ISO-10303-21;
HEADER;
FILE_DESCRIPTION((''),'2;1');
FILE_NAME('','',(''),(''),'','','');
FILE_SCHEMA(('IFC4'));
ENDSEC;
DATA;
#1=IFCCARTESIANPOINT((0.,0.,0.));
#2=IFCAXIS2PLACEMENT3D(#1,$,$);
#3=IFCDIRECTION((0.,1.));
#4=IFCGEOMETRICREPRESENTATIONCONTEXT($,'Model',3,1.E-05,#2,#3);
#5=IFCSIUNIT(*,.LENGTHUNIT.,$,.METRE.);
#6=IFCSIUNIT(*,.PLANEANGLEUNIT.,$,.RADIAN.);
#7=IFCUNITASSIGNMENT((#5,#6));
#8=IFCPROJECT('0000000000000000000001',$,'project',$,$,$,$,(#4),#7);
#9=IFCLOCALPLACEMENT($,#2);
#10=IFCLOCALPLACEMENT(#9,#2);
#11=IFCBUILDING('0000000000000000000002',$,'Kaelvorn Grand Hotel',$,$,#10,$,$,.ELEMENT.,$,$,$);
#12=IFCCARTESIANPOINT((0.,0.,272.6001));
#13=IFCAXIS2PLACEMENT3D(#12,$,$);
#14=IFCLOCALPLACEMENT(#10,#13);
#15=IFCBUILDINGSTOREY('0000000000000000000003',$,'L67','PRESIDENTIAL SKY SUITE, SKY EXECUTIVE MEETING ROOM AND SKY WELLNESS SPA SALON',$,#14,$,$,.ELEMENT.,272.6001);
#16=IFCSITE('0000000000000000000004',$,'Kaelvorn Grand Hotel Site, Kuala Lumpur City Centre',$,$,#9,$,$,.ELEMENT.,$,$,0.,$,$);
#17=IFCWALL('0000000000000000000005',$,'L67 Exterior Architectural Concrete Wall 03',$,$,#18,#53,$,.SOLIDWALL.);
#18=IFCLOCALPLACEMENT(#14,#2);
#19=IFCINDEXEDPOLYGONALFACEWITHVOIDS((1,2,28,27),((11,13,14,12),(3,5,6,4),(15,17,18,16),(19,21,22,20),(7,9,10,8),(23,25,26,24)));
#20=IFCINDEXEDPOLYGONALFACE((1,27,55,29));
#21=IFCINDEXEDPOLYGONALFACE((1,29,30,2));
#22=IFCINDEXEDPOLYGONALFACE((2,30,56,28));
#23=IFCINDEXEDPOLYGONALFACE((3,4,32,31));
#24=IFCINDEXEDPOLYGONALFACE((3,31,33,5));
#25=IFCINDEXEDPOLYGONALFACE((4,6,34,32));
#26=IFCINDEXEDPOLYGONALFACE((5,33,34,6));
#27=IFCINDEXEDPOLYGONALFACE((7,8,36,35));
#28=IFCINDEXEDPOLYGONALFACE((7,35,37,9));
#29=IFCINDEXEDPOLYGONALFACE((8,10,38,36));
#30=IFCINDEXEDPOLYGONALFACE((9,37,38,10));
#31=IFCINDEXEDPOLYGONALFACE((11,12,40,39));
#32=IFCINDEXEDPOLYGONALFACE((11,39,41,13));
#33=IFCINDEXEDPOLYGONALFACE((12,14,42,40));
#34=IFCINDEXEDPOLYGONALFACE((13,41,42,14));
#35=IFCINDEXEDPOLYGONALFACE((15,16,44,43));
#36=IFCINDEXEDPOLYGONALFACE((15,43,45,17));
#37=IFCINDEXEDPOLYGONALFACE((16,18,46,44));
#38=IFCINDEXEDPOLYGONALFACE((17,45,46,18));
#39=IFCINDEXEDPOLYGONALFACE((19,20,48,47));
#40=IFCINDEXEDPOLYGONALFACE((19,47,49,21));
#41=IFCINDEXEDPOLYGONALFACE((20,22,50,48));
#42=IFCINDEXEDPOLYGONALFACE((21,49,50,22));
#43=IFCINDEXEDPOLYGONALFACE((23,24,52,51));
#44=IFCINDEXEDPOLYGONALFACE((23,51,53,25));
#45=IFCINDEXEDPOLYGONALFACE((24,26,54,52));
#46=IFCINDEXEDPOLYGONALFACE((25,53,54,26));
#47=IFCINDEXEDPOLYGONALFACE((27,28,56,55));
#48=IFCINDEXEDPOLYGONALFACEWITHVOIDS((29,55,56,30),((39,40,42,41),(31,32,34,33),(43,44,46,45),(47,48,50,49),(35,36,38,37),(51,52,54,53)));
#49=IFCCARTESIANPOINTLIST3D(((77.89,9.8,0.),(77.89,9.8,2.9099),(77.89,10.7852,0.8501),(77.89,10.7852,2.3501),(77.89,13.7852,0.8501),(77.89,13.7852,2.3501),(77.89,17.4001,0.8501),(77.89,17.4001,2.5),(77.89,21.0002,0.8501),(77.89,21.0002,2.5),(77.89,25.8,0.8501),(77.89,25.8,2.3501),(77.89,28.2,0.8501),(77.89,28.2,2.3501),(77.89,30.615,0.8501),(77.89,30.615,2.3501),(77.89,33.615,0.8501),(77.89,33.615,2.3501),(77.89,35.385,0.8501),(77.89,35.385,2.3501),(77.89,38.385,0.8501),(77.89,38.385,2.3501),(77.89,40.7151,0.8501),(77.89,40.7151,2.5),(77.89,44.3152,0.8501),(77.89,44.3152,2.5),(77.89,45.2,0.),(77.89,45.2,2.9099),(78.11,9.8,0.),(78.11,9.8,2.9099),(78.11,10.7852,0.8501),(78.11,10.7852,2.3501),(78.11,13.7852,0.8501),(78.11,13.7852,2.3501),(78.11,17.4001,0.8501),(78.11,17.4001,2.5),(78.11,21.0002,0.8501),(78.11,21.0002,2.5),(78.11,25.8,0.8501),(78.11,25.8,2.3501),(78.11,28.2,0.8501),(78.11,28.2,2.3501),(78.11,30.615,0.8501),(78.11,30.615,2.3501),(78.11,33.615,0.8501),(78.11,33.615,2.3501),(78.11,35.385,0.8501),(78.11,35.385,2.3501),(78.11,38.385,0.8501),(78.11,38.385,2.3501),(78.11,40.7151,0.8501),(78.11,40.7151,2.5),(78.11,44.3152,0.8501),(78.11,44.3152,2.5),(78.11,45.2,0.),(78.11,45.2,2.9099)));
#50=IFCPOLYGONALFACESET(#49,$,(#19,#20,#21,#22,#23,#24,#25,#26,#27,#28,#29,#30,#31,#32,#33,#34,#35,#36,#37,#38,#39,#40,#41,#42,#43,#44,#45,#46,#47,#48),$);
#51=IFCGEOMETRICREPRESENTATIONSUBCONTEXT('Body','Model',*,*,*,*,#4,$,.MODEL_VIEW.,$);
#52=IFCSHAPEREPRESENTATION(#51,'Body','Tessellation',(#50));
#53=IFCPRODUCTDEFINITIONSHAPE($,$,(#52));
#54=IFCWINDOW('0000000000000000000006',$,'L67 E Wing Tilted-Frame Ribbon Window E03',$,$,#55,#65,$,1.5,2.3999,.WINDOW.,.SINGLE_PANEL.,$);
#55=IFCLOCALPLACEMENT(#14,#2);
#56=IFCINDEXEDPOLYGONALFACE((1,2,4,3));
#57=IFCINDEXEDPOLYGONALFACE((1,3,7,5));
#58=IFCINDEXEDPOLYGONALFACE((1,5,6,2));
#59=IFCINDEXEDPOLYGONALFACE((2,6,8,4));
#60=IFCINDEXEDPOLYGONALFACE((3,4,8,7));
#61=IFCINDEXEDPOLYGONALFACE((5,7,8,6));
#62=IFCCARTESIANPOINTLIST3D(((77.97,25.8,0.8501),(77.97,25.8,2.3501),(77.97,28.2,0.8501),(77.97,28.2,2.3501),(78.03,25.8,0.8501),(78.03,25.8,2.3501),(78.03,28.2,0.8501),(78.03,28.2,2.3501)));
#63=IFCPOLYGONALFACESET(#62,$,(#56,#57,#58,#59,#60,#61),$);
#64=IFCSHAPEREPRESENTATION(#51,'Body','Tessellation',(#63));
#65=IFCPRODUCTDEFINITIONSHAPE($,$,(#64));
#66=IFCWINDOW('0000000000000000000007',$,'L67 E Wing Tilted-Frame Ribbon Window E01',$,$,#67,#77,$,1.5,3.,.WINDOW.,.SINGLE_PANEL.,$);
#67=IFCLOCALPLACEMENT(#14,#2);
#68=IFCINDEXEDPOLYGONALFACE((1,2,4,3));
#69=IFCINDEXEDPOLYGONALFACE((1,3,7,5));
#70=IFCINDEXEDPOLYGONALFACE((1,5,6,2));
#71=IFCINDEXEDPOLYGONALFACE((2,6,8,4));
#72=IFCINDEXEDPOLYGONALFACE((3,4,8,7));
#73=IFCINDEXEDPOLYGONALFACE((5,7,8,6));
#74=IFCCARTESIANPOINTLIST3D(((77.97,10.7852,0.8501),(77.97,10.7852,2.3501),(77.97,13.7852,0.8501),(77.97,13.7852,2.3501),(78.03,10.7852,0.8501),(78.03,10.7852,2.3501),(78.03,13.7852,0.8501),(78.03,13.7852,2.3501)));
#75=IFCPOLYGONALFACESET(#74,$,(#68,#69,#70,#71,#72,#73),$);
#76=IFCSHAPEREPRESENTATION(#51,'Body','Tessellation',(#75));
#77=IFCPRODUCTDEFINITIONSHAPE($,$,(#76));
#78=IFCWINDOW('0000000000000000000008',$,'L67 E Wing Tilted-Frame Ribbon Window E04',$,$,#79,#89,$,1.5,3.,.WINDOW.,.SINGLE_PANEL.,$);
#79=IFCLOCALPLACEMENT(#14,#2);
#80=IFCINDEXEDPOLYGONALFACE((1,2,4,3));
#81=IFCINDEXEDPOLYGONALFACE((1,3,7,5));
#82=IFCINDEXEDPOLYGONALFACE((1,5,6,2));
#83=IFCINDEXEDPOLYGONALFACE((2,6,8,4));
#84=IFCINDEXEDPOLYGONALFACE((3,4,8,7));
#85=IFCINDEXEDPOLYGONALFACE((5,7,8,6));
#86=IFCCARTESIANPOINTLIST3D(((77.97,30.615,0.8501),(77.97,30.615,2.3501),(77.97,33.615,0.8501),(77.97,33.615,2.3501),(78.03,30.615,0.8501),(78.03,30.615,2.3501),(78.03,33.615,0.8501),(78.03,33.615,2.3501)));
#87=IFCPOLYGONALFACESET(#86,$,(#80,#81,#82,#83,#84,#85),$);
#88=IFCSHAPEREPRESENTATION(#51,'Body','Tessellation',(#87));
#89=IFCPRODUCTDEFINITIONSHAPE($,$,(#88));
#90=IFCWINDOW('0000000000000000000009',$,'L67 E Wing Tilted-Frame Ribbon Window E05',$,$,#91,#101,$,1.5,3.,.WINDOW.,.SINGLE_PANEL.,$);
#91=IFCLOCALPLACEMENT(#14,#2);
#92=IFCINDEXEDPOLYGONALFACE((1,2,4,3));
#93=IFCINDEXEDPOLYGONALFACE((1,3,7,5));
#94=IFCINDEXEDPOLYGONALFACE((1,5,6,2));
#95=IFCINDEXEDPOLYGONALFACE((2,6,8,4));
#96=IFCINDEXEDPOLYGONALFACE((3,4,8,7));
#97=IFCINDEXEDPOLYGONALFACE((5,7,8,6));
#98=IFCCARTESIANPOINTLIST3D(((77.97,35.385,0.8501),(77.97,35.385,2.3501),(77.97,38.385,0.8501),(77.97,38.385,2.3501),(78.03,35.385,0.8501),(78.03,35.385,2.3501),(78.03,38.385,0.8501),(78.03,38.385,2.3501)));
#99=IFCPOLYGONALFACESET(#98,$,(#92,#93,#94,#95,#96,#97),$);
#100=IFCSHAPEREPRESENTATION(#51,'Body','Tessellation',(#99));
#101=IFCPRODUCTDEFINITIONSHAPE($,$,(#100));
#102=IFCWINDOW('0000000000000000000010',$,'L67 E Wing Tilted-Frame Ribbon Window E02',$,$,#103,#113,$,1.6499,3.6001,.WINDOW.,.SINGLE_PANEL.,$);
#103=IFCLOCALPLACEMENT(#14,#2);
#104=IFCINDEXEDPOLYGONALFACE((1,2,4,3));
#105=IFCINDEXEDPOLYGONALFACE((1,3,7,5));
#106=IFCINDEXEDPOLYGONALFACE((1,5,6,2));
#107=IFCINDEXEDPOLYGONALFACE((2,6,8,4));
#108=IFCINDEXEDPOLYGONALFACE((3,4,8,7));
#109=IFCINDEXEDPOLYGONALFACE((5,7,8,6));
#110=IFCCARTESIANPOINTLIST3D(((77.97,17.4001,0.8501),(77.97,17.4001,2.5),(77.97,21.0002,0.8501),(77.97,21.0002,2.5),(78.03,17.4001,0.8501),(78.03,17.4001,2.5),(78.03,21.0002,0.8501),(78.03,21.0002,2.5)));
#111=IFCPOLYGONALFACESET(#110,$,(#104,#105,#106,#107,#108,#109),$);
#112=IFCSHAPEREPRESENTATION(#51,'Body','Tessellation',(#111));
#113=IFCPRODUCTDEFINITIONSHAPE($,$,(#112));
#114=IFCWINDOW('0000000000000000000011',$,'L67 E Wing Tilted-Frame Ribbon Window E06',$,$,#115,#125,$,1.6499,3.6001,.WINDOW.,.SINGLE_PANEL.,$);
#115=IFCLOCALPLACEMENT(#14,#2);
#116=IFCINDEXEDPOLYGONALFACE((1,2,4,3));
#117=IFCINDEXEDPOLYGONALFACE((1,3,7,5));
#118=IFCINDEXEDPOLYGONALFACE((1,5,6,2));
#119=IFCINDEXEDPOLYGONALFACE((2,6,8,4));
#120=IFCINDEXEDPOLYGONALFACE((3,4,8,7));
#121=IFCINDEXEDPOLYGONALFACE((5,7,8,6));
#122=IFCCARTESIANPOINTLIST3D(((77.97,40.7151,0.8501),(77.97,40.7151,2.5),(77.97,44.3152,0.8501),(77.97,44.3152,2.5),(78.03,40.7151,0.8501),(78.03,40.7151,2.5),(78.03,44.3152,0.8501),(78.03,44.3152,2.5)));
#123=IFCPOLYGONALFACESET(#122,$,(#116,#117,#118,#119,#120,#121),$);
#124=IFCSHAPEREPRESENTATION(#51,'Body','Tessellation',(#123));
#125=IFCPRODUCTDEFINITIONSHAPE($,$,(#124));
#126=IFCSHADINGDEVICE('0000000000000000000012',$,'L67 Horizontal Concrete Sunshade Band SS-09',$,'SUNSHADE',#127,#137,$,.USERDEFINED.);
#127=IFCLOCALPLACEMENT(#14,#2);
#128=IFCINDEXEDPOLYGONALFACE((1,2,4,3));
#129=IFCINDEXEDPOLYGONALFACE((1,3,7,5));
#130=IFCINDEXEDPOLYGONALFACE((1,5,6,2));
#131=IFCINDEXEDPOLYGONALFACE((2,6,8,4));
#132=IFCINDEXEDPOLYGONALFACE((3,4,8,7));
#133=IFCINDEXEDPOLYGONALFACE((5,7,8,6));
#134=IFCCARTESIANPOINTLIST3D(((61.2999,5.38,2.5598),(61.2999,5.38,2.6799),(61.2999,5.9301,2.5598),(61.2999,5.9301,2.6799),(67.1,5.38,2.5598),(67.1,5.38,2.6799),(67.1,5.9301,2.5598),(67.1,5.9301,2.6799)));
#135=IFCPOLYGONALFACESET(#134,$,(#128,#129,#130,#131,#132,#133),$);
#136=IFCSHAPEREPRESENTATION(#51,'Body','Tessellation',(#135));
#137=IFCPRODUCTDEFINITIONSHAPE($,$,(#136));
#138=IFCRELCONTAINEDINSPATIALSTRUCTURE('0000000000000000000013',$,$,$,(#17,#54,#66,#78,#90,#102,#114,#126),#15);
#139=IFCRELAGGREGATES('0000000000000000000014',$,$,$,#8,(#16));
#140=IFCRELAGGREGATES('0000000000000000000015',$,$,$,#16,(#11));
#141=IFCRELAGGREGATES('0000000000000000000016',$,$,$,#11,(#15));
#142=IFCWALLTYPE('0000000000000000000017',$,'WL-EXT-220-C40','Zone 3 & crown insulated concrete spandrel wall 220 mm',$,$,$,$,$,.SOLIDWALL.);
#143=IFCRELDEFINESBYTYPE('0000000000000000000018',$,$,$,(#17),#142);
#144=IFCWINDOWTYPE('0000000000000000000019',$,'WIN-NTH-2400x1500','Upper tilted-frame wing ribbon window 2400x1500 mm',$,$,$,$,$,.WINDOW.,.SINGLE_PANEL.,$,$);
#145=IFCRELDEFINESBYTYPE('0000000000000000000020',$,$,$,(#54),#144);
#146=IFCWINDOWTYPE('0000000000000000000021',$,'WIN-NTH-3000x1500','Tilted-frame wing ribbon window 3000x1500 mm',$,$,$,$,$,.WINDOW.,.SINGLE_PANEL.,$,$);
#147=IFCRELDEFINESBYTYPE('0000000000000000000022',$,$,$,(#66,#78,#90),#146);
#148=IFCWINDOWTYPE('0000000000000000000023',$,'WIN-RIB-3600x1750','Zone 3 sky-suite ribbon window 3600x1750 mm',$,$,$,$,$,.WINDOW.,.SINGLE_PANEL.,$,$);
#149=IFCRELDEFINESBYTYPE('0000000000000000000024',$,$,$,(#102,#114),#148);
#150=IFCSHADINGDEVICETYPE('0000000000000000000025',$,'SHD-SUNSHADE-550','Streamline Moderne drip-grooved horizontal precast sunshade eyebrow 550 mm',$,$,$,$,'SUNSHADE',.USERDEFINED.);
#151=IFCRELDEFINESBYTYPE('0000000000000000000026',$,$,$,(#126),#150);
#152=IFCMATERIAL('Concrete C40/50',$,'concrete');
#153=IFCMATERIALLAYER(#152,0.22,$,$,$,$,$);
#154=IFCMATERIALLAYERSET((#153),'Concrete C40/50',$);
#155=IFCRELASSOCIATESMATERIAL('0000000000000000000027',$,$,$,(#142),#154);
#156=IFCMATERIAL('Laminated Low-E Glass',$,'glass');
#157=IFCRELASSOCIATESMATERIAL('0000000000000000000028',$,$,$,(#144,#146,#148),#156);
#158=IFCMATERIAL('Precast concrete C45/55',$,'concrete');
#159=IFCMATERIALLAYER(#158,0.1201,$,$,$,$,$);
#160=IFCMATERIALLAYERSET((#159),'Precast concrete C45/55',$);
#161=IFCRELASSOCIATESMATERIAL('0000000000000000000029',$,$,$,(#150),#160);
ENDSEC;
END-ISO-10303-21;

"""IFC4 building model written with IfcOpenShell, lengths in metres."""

from ifc_helpers import new_model, si_unit, direction, frame, frame_2d, origin, origin_2d, place, context, subcontext, project, spatial, rectangle, extrude, material, layer, layer_set, type_object, element, fill, save


model = new_model("IFC4")

# Units and contexts
model_context = context("Model", 3, precision=1e-05, world=origin(), true_north=direction((0.0, 1.0)))
body_context = subcontext(model_context, "Body", "Model", "MODEL_VIEW")
ifc_project = project(units=[si_unit("LENGTHUNIT", "METRE"), si_unit("PLANEANGLEUNIT", "RADIAN")], contexts=[model_context])

# Site, building, storey
site_placement = place(None, origin())
site = spatial("IfcSite", under=ifc_project, at=site_placement, Name="Kaelvorn Grand Hotel Site, Kuala Lumpur City Centre", CompositionType="ELEMENT", RefElevation=0.0)
building_placement = place(site_placement, origin())
building = spatial("IfcBuilding", under=site, at=building_placement, Name="Kaelvorn Grand Hotel", CompositionType="ELEMENT")
storey_placement = place(building_placement, frame((0.0, 0.0, 272.6001)))
storey = spatial("IfcBuildingStorey", under=building, at=storey_placement, Name="L67", Description="PRESIDENTIAL SKY SUITE, SKY EXECUTIVE MEETING ROOM AND SKY WELLNESS SPA SALON", CompositionType="ELEMENT", Elevation=272.6001)

# Shared definitions
ifc_material_1 = material(Name="Concrete C40/50", Category="concrete")

# Shared definitions
ifc_material_2 = material(Name="Precast concrete C45/55", Category="concrete")

# Shared definitions
ifc_layer_1 = layer(ifc_material_1, 0.22)
ifc_layer_set_1 = layer_set([ifc_layer_1], Name="Concrete C40/50")
wall_type = type_object("IfcWallType", Name="WL-EXT-220-C40", Description="Zone 3 & crown insulated concrete spandrel wall 220 mm", PredefinedType="SOLIDWALL", material=ifc_layer_set_1)
ifc_material_3 = material(Name="Laminated Low-E Glass", Category="glass")

# Wall, openings, windows
wall_1_placement = place(storey_placement, frame((78.0, 9.8, 0.0), z_axis=(0.0, 0.0, 1.0), x_axis=(0.0, 1.0, 0.0)))
wall_1 = element("IfcWall", 1, at=wall_1_placement, inside=storey, type_object=wall_type, Name="L67 Exterior Architectural Concrete Wall 03", PredefinedType="SOLIDWALL", context=body_context, shape_type="SweptSolid", body=[
    extrude(rectangle(XDim=35.3999, YDim=0.22, at=frame_2d((17.7, 0.0))), origin(), (0.0, 0.0, 1.0), 2.9099),
])
opening_1_placement = place(wall_1_placement, frame((0.9851, 0.0, 0.8501)))
opening_1 = element("IfcOpeningElement", 2, at=opening_1_placement, cuts=wall_1, PredefinedType="OPENING", context=body_context, shape_type="SweptSolid", body=[
    extrude(rectangle(XDim=3.0, YDim=1.5, at=frame_2d((1.5, 0.75))), frame((0.0, 0.1201, 0.0), z_axis=(0.0, -1.0, 0.0), x_axis=(1.0, 0.0, 0.0)), (0.0, 0.0, 1.0), 0.24),
])
opening_2_placement = place(wall_1_placement, frame((7.6001, 0.0, 0.8501)))
opening_2 = element("IfcOpeningElement", 3, at=opening_2_placement, cuts=wall_1, PredefinedType="OPENING", context=body_context, shape_type="SweptSolid", body=[
    extrude(rectangle(XDim=3.6001, YDim=1.6499, at=frame_2d((1.8, 0.825))), frame((0.0, 0.1201, 0.0), z_axis=(0.0, -1.0, 0.0), x_axis=(1.0, 0.0, 0.0)), (0.0, 0.0, 1.0), 0.24),
])
opening_3_placement = place(wall_1_placement, frame((16.0, 0.0, 0.8501)))
opening_3 = element("IfcOpeningElement", 4, at=opening_3_placement, cuts=wall_1, PredefinedType="OPENING", context=body_context, shape_type="SweptSolid", body=[
    extrude(rectangle(XDim=2.3999, YDim=1.5, at=frame_2d((1.2, 0.75))), frame((0.0, 0.1201, 0.0), z_axis=(0.0, -1.0, 0.0), x_axis=(1.0, 0.0, 0.0)), (0.0, 0.0, 1.0), 0.24),
])
opening_4_placement = place(wall_1_placement, frame((20.8149, 0.0, 0.8501)))
opening_4 = element("IfcOpeningElement", 5, at=opening_4_placement, cuts=wall_1, PredefinedType="OPENING", context=body_context, shape_type="SweptSolid", body=[
    extrude(rectangle(XDim=3.0, YDim=1.5, at=frame_2d((1.5, 0.75))), frame((0.0, 0.1201, 0.0), z_axis=(0.0, -1.0, 0.0), x_axis=(1.0, 0.0, 0.0)), (0.0, 0.0, 1.0), 0.24),
])
opening_5_placement = place(wall_1_placement, frame((25.585, 0.0, 0.8501)))
opening_5 = element("IfcOpeningElement", 6, at=opening_5_placement, cuts=wall_1, PredefinedType="OPENING", context=body_context, shape_type="SweptSolid", body=[
    extrude(rectangle(XDim=3.0, YDim=1.5, at=frame_2d((1.5, 0.75))), frame((0.0, 0.1201, 0.0), z_axis=(0.0, -1.0, 0.0), x_axis=(1.0, 0.0, 0.0)), (0.0, 0.0, 1.0), 0.24),
])
opening_6_placement = place(wall_1_placement, frame((30.915, 0.0, 0.8501)))
opening_6 = element("IfcOpeningElement", 7, at=opening_6_placement, cuts=wall_1, PredefinedType="OPENING", context=body_context, shape_type="SweptSolid", body=[
    extrude(rectangle(XDim=3.6001, YDim=1.6499, at=frame_2d((1.8, 0.825))), frame((0.0, 0.1201, 0.0), z_axis=(0.0, -1.0, 0.0), x_axis=(1.0, 0.0, 0.0)), (0.0, 0.0, 1.0), 0.24),
])
window_type_1 = type_object("IfcWindowType", Name="WIN-NTH-2400x1500", Description="Upper tilted-frame wing ribbon window 2400x1500 mm", PartitioningType="SINGLE_PANEL", PredefinedType="WINDOW", material=ifc_material_3)
window_1_placement = place(opening_3_placement, origin())
window_1 = element("IfcWindow", 8, at=window_1_placement, inside=storey, type_object=window_type_1, Name="L67 E Wing Tilted-Frame Ribbon Window E03", OverallHeight=1.5, OverallWidth=2.3999, PartitioningType="SINGLE_PANEL", PredefinedType="WINDOW", context=body_context, shape_type="SweptSolid", body=[
    extrude(rectangle(XDim=2.3999, YDim=1.5, at=frame_2d((1.2, 0.75))), frame((0.0, 0.03, 0.0), z_axis=(0.0, -1.0, 0.0), x_axis=(1.0, 0.0, 0.0)), (0.0, 0.0, 1.0), 0.0601),
])
fill(opening_3, window_1)
window_type_2 = type_object("IfcWindowType", Name="WIN-NTH-3000x1500", Description="Tilted-frame wing ribbon window 3000x1500 mm", PartitioningType="SINGLE_PANEL", PredefinedType="WINDOW", material=ifc_material_3)
window_2_placement = place(opening_1_placement, origin())
window_2 = element("IfcWindow", 9, at=window_2_placement, inside=storey, type_object=window_type_2, Name="L67 E Wing Tilted-Frame Ribbon Window E01", OverallHeight=1.5, OverallWidth=3.0, PartitioningType="SINGLE_PANEL", PredefinedType="WINDOW", context=body_context, shape_type="SweptSolid", body=[
    extrude(rectangle(XDim=3.0, YDim=1.5, at=frame_2d((1.5, 0.75))), frame((0.0, 0.03, 0.0), z_axis=(0.0, -1.0, 0.0), x_axis=(1.0, 0.0, 0.0)), (0.0, 0.0, 1.0), 0.0601),
])
fill(opening_1, window_2)
window_3_placement = place(opening_4_placement, origin())
window_3 = element("IfcWindow", 10, at=window_3_placement, inside=storey, type_object=window_type_2, Name="L67 E Wing Tilted-Frame Ribbon Window E04", OverallHeight=1.5, OverallWidth=3.0, PartitioningType="SINGLE_PANEL", PredefinedType="WINDOW", context=body_context, shape_type="SweptSolid", body=[
    extrude(rectangle(XDim=3.0, YDim=1.5, at=frame_2d((1.5, 0.75))), frame((0.0, 0.03, 0.0), z_axis=(0.0, -1.0, 0.0), x_axis=(1.0, 0.0, 0.0)), (0.0, 0.0, 1.0), 0.0601),
])
fill(opening_4, window_3)
window_4_placement = place(opening_5_placement, origin())
window_4 = element("IfcWindow", 11, at=window_4_placement, inside=storey, type_object=window_type_2, Name="L67 E Wing Tilted-Frame Ribbon Window E05", OverallHeight=1.5, OverallWidth=3.0, PartitioningType="SINGLE_PANEL", PredefinedType="WINDOW", context=body_context, shape_type="SweptSolid", body=[
    extrude(rectangle(XDim=3.0, YDim=1.5, at=frame_2d((1.5, 0.75))), frame((0.0, 0.03, 0.0), z_axis=(0.0, -1.0, 0.0), x_axis=(1.0, 0.0, 0.0)), (0.0, 0.0, 1.0), 0.0601),
])
fill(opening_5, window_4)
window_type_3 = type_object("IfcWindowType", Name="WIN-RIB-3600x1750", Description="Zone 3 sky-suite ribbon window 3600x1750 mm", PartitioningType="SINGLE_PANEL", PredefinedType="WINDOW", material=ifc_material_3)
window_5_placement = place(opening_2_placement, origin())
window_5 = element("IfcWindow", 12, at=window_5_placement, inside=storey, type_object=window_type_3, Name="L67 E Wing Tilted-Frame Ribbon Window E02", OverallHeight=1.6499, OverallWidth=3.6001, PartitioningType="SINGLE_PANEL", PredefinedType="WINDOW", context=body_context, shape_type="SweptSolid", body=[
    extrude(rectangle(XDim=3.6001, YDim=1.6499, at=frame_2d((1.8, 0.825))), frame((0.0, 0.03, 0.0), z_axis=(0.0, -1.0, 0.0), x_axis=(1.0, 0.0, 0.0)), (0.0, 0.0, 1.0), 0.0601),
])
fill(opening_2, window_5)
window_6_placement = place(opening_6_placement, origin())
window_6 = element("IfcWindow", 13, at=window_6_placement, inside=storey, type_object=window_type_3, Name="L67 E Wing Tilted-Frame Ribbon Window E06", OverallHeight=1.6499, OverallWidth=3.6001, PartitioningType="SINGLE_PANEL", PredefinedType="WINDOW", context=body_context, shape_type="SweptSolid", body=[
    extrude(rectangle(XDim=3.6001, YDim=1.6499, at=frame_2d((1.8, 0.825))), frame((0.0, 0.03, 0.0), z_axis=(0.0, -1.0, 0.0), x_axis=(1.0, 0.0, 0.0)), (0.0, 0.0, 1.0), 0.0601),
])
fill(opening_6, window_6)

# Shading device
ifc_layer_2 = layer(ifc_material_2, 0.1201)
ifc_layer_set_2 = layer_set([ifc_layer_2], Name="Precast concrete C45/55")
shading_device_type = type_object("IfcShadingDeviceType", Name="SHD-SUNSHADE-550", Description="Streamline Moderne drip-grooved horizontal precast sunshade eyebrow 550 mm", ElementType="SUNSHADE", PredefinedType="USERDEFINED", material=ifc_layer_set_2)
shading_device_placement = place(storey_placement, frame((64.2, 5.655, 2.5598), z_axis=(0.0, 0.0, 1.0), x_axis=(1.0, 0.0, 0.0)))
element("IfcShadingDevice", 14, at=shading_device_placement, inside=storey, type_object=shading_device_type, Name="L67 Horizontal Concrete Sunshade Band SS-09", ObjectType="SUNSHADE", PredefinedType="USERDEFINED", context=body_context, shape_type="SweptSolid", body=[
    extrude(rectangle(XDim=5.8, YDim=0.55, at=origin_2d()), origin(), (0.0, 0.0, 1.0), 0.1201),
])

save(model, "model.ifc")
